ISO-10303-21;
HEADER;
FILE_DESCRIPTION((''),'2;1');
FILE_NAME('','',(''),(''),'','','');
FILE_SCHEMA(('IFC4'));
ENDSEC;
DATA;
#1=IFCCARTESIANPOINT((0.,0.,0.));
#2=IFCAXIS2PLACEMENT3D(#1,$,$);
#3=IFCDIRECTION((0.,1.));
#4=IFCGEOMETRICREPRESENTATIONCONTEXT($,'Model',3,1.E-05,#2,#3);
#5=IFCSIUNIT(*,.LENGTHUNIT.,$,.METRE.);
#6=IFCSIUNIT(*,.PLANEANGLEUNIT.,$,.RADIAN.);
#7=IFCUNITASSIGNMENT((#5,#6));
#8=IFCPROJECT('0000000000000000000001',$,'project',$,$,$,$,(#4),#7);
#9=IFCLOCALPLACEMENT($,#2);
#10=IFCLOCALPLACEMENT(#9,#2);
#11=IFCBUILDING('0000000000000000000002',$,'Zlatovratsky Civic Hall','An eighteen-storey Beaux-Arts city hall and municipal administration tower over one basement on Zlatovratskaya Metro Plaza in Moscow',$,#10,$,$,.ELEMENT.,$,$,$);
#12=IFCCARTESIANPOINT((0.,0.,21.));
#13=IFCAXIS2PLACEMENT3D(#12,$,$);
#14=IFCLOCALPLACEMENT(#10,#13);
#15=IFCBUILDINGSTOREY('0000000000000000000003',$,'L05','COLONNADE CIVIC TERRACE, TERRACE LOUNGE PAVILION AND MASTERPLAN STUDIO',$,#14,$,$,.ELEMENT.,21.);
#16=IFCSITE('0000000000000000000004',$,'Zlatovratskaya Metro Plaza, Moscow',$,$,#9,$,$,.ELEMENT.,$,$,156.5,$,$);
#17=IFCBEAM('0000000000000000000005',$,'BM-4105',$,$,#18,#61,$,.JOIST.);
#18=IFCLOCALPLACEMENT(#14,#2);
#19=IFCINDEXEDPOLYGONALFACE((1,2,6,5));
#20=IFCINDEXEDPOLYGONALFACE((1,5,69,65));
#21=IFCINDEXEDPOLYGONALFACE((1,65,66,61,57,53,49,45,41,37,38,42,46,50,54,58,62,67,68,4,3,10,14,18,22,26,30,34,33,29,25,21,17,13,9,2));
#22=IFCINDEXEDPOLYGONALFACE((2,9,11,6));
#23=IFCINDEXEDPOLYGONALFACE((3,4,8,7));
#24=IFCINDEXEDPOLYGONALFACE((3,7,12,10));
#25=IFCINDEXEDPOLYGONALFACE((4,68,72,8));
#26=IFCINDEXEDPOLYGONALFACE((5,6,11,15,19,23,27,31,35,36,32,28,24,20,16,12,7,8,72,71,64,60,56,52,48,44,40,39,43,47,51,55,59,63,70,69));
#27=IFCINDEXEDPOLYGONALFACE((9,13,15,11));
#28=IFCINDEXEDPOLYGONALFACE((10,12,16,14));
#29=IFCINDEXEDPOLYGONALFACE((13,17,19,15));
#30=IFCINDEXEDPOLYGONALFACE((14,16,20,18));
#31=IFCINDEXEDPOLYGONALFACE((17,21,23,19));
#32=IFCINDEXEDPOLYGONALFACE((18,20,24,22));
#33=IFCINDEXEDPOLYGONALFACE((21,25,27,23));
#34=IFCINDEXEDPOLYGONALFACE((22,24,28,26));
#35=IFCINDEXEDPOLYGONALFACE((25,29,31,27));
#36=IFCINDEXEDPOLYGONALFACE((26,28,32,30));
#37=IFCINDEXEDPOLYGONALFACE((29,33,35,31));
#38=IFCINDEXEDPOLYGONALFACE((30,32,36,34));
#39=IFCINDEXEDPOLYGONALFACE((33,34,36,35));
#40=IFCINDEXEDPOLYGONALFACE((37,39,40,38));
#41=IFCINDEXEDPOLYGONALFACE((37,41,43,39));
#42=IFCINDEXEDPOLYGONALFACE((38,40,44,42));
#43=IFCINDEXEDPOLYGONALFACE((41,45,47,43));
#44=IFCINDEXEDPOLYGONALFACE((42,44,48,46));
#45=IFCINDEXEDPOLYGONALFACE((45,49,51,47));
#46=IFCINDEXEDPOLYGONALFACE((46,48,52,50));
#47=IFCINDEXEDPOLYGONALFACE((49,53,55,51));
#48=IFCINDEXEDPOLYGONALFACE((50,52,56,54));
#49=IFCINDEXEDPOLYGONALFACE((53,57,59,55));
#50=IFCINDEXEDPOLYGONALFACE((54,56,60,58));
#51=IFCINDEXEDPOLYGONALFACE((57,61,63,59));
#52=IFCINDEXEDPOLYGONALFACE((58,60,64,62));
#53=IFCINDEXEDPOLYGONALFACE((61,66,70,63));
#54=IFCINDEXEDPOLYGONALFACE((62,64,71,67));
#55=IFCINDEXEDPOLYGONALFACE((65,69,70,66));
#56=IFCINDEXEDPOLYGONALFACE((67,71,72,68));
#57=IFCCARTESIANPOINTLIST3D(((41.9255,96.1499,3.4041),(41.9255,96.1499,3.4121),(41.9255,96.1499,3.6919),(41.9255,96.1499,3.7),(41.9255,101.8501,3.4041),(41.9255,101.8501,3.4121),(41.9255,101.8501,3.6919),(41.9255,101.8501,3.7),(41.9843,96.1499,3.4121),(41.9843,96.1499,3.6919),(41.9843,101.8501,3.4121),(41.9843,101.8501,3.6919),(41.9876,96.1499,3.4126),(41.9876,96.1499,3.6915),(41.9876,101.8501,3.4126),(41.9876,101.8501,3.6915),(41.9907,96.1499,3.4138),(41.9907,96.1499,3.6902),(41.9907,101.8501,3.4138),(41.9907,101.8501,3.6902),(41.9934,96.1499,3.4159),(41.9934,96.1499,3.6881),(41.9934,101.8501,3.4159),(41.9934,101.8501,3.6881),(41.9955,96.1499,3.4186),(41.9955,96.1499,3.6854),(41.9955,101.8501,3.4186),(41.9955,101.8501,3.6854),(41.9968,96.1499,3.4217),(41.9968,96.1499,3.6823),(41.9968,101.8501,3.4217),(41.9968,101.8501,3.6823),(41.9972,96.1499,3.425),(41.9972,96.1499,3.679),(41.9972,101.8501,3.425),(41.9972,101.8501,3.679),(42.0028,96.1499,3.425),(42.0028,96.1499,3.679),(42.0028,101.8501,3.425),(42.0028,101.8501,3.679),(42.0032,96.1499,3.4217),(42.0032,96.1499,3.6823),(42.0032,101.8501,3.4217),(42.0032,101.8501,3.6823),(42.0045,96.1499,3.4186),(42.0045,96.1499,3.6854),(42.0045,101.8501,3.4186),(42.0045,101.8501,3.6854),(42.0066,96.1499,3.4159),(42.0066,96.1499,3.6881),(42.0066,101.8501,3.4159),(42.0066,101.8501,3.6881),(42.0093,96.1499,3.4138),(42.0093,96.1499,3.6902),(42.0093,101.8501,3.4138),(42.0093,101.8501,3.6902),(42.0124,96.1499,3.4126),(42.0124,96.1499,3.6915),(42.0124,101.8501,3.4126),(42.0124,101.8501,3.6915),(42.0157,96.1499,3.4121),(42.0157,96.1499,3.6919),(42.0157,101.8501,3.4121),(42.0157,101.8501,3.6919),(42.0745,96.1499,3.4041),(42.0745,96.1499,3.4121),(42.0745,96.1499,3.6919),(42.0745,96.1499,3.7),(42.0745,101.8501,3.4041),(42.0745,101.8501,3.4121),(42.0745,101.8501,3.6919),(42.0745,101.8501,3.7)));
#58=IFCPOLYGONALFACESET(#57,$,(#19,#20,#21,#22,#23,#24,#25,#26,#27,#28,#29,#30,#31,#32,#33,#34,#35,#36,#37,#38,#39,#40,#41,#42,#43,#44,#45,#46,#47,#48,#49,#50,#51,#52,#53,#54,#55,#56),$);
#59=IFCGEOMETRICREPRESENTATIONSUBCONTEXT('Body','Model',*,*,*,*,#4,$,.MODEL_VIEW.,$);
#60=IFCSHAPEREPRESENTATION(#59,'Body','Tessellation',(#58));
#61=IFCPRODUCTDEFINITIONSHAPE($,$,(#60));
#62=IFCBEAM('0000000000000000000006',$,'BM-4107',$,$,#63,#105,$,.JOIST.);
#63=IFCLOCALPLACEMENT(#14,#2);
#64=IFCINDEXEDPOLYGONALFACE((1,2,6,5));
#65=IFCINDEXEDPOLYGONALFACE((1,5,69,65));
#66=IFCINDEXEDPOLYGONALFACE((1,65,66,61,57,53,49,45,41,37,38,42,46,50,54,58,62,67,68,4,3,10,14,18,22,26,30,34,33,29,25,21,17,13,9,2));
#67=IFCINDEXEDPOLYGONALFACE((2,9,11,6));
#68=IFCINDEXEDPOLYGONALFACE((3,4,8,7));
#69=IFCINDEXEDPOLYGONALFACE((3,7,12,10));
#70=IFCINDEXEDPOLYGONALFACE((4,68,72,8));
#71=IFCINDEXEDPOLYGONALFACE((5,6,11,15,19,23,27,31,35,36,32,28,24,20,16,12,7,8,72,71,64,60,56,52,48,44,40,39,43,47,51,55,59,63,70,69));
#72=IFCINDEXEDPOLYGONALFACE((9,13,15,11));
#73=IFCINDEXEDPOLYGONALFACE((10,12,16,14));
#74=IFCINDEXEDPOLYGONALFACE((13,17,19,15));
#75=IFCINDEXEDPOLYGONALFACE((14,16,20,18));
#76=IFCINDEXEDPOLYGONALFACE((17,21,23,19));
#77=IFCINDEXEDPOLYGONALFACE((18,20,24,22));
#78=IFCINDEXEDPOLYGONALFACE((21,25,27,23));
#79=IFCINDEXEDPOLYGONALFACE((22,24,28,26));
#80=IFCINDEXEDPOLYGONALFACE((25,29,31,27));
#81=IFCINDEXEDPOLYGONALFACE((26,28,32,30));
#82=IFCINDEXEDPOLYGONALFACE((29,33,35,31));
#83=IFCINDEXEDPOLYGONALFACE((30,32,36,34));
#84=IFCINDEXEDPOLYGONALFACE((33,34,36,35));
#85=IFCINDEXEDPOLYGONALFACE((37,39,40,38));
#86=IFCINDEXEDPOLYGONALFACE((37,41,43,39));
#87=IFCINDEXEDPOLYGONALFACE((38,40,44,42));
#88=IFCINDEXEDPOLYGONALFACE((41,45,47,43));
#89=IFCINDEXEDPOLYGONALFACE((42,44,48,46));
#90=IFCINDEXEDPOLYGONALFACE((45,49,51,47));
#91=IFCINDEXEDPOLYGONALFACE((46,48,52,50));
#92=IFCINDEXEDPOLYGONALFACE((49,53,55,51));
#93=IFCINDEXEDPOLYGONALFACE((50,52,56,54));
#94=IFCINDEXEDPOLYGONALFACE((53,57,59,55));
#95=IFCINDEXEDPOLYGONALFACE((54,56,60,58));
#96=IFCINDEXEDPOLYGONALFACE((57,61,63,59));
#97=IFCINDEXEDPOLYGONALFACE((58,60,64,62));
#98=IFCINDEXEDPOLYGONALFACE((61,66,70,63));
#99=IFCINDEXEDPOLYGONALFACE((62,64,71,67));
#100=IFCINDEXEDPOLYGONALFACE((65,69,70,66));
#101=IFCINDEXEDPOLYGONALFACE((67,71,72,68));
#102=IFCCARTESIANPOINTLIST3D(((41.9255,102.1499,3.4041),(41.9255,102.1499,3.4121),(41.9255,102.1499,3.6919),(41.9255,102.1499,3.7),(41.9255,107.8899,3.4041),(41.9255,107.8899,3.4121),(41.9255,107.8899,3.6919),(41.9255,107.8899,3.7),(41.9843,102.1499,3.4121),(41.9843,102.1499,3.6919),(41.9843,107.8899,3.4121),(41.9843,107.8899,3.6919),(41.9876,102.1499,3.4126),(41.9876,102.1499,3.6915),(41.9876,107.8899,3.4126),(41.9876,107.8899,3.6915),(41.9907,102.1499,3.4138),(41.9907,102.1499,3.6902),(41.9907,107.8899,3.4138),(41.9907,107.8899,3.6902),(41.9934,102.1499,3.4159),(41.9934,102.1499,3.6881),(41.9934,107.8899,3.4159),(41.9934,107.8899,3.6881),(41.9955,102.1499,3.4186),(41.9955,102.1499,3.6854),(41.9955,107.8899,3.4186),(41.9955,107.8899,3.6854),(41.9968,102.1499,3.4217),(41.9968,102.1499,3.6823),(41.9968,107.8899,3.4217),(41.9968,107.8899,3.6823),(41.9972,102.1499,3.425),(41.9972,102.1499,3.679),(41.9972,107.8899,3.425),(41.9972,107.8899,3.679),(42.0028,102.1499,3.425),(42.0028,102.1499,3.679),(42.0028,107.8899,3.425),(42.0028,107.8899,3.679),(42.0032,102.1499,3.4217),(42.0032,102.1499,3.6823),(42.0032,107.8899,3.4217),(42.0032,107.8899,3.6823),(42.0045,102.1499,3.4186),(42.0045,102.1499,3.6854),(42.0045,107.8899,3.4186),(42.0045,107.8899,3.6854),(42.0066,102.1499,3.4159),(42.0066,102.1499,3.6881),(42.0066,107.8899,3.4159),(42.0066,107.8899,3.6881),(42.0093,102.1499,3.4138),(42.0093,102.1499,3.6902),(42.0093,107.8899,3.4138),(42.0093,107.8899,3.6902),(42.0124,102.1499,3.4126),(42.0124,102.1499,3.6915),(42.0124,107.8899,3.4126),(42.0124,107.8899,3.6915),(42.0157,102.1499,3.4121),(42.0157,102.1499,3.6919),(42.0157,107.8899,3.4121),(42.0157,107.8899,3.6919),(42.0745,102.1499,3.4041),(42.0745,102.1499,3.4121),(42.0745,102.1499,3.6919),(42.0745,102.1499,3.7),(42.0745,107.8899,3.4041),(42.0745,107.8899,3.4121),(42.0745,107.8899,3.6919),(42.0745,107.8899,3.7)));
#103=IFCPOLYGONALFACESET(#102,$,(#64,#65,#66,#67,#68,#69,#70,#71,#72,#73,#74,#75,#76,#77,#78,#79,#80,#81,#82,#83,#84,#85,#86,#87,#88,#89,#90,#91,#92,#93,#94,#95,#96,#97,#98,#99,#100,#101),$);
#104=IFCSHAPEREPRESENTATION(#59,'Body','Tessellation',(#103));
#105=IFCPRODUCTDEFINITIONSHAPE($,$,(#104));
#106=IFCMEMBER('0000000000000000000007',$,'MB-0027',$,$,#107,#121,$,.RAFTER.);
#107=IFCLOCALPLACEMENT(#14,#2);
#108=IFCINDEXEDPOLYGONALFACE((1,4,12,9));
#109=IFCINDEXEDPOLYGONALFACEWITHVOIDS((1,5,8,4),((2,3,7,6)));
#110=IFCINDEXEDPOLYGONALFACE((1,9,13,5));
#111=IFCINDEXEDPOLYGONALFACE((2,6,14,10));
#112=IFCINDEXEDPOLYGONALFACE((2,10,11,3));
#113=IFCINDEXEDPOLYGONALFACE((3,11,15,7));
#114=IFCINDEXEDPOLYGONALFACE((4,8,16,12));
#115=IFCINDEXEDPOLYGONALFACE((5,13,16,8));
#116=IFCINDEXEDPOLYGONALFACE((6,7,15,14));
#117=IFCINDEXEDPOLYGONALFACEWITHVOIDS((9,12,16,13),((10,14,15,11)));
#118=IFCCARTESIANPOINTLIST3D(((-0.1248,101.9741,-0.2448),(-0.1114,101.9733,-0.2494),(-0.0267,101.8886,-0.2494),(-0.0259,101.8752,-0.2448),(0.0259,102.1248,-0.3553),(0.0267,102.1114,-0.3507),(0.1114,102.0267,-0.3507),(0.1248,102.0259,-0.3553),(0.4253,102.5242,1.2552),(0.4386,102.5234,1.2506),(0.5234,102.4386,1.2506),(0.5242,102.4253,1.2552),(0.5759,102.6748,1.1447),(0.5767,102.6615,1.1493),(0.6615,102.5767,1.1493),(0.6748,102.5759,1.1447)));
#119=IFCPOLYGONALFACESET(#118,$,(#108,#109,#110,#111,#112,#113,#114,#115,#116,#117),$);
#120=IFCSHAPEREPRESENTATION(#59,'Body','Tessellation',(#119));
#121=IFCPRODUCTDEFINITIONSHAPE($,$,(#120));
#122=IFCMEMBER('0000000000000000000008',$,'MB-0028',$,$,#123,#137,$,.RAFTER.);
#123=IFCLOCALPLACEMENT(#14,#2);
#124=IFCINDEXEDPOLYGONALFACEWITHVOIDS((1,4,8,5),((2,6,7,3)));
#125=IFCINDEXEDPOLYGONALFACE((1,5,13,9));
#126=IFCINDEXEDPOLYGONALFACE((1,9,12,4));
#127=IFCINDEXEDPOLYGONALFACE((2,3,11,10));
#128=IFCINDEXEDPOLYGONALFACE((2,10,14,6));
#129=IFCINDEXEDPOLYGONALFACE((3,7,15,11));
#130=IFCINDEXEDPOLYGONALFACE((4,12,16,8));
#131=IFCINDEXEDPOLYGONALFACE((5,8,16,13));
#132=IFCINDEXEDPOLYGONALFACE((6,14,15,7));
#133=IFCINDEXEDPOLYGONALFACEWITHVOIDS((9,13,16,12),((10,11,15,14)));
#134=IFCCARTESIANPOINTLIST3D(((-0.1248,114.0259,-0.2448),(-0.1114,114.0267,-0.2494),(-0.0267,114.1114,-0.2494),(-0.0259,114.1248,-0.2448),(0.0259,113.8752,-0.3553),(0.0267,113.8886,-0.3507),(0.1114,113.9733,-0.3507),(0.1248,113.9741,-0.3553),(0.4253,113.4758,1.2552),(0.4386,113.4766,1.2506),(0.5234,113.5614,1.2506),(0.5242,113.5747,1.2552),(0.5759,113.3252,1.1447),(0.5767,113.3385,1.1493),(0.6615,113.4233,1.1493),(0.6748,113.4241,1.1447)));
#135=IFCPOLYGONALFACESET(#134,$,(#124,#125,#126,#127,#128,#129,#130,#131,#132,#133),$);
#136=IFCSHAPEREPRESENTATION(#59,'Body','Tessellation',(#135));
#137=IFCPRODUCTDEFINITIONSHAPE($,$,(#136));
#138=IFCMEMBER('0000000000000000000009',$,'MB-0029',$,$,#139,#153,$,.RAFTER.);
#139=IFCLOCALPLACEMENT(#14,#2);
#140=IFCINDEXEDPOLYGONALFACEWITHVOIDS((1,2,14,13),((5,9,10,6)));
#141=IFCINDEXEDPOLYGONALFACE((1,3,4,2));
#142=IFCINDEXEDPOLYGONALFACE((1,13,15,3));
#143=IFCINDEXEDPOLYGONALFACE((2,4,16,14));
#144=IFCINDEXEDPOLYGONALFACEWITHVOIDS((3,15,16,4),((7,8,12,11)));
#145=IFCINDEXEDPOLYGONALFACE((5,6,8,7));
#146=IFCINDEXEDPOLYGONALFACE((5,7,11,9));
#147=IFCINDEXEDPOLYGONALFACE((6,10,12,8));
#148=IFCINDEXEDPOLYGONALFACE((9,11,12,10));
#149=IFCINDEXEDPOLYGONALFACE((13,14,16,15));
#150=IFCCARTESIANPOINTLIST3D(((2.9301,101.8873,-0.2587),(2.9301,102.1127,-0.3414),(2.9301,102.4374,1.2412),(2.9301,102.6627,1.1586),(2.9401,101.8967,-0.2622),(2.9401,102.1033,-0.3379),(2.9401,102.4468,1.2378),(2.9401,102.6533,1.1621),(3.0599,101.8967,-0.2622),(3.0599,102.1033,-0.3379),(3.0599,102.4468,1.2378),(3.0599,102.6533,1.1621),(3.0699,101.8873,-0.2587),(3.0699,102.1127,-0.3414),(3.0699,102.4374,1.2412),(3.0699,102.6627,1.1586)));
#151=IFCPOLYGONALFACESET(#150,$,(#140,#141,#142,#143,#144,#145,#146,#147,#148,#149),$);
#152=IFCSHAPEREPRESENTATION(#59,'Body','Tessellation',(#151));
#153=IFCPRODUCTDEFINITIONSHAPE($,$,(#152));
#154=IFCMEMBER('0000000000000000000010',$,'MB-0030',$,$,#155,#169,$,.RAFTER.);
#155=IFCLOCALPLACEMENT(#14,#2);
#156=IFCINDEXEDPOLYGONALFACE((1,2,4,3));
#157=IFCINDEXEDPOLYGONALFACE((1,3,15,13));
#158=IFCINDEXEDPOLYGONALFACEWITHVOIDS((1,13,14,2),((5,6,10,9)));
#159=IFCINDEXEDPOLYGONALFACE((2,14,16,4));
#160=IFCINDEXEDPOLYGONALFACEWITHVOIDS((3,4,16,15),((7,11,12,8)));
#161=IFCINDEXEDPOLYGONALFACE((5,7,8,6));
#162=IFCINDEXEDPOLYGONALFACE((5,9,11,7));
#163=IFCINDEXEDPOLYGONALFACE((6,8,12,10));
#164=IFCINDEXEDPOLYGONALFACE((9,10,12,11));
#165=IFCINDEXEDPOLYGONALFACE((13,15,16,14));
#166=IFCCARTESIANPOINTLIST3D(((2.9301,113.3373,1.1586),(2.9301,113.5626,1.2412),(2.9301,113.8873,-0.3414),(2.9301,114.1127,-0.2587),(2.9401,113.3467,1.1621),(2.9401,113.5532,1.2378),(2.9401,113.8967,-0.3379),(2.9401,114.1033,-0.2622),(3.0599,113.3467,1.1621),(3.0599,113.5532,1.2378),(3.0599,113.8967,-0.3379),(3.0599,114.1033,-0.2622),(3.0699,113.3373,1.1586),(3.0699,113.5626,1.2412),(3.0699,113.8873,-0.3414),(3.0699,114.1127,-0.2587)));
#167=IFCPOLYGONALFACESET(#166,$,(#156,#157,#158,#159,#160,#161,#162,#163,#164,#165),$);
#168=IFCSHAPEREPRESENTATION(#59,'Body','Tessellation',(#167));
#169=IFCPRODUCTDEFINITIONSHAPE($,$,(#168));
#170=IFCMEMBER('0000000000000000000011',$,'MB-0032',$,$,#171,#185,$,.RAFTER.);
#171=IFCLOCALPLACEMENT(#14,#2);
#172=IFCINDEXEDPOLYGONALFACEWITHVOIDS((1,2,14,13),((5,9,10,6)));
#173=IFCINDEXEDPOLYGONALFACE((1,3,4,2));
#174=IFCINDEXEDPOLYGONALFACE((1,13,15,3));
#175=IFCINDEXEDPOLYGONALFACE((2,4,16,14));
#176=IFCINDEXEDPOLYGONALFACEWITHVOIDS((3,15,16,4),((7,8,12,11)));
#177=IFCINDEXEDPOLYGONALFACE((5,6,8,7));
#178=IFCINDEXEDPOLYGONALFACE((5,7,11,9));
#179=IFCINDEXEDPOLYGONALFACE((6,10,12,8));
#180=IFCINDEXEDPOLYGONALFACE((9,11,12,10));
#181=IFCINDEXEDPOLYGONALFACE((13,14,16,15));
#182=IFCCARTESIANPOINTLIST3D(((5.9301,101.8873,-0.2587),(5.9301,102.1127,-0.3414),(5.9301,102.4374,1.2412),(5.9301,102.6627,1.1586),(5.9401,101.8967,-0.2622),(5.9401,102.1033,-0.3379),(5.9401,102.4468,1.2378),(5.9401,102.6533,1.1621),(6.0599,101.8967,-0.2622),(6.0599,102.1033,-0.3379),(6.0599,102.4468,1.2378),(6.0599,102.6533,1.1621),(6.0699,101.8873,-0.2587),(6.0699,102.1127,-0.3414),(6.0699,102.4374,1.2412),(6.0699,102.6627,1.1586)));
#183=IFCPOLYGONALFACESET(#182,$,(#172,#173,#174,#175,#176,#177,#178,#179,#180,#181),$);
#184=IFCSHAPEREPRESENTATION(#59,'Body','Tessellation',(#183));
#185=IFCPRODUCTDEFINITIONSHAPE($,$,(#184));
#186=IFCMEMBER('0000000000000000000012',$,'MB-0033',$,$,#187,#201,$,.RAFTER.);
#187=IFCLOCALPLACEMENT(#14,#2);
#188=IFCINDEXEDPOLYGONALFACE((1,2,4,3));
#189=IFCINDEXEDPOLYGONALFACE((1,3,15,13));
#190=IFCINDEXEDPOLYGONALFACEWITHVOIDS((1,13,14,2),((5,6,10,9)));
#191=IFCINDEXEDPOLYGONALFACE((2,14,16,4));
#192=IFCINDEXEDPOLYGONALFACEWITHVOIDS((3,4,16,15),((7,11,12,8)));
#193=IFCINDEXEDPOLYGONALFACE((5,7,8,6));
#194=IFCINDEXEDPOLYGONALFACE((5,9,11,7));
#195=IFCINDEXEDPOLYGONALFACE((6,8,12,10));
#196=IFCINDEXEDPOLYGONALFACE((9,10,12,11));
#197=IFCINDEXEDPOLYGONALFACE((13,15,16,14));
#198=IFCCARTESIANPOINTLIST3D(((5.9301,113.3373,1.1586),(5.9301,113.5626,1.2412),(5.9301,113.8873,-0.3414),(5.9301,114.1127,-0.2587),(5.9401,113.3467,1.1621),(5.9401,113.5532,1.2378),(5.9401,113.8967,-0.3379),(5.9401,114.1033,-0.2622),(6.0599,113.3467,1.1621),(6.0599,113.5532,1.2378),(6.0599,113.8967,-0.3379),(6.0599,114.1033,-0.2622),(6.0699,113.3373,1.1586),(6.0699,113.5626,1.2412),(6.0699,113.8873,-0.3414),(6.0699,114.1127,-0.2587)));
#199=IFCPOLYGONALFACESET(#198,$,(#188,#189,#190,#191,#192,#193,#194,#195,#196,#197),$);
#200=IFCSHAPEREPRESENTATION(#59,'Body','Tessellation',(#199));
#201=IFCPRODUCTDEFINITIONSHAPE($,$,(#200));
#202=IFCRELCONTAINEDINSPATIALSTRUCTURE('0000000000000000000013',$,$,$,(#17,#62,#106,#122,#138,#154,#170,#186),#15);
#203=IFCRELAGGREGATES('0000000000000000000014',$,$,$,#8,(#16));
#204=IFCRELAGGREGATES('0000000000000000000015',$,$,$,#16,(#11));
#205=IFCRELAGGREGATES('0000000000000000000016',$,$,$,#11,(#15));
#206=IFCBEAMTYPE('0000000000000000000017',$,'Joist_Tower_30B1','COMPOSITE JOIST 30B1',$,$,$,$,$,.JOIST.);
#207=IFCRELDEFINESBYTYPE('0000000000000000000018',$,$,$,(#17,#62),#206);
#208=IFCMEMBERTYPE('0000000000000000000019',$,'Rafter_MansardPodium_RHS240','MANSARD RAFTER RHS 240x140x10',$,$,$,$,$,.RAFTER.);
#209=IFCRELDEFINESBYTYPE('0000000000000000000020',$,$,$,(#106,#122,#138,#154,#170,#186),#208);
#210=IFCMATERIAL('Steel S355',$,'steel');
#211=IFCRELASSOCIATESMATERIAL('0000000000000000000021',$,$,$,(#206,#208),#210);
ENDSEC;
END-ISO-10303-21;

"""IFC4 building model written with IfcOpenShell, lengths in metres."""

from ifc_helpers import new_model, si_unit, direction, frame, origin, origin_2d, place, context, subcontext, project, spatial, hollow_rectangle, i_section, extrude, material, material_profile, profile_set, type_object, element, save


model = new_model("IFC4")

# Units and contexts
model_context = context("Model", 3, precision=1e-05, world=origin(), true_north=direction((0.0, 1.0)))
body_context = subcontext(model_context, "Body", "Model", "MODEL_VIEW")
ifc_project = project(units=[si_unit("LENGTHUNIT", "METRE"), si_unit("PLANEANGLEUNIT", "RADIAN")], contexts=[model_context])

# Site, building, storey
site_placement = place(None, origin())
site = spatial("IfcSite", under=ifc_project, at=site_placement, Name="Zlatovratskaya Metro Plaza, Moscow", CompositionType="ELEMENT", RefElevation=156.5)
building_placement = place(site_placement, origin())
building = spatial("IfcBuilding", under=site, at=building_placement, Name="Zlatovratsky Civic Hall", Description="An eighteen-storey Beaux-Arts city hall and municipal administration tower over one basement on Zlatovratskaya Metro Plaza in Moscow", CompositionType="ELEMENT")
storey_placement = place(building_placement, frame((0.0, 0.0, 21.0)))
storey = spatial("IfcBuildingStorey", under=building, at=storey_placement, Name="L05", Description="COLONNADE CIVIC TERRACE, TERRACE LOUNGE PAVILION AND MASTERPLAN STUDIO", CompositionType="ELEMENT", Elevation=21.0)

# Shared definitions
ifc_material_1 = material(Name="Steel S355", Category="steel")

# Beams
ifc_material_profile_1 = material_profile(ifc_material_1, i_section(OverallWidth=0.1489, OverallDepth=0.2959, WebThickness=0.0056, FlangeThickness=0.0081, FilletRadius=0.0129, at=origin_2d()), Name="30B1")
ifc_profile_set_1 = profile_set([ifc_material_profile_1], Name="Steel S355")
beam_type_1 = type_object("IfcBeamType", Name="Joist_Tower_30B1", Description="COMPOSITE JOIST 30B1", PredefinedType="JOIST", material=ifc_profile_set_1)
for number, where, z_axis, x_axis, name in (
    (1, (42.0, 96.1499, 3.552), (0.0, 1.0, 0.0), (-1.0, 0.0, 0.0), "BM-4105"),
):
    element("IfcBeam", number, at=place(storey_placement, frame(where, z_axis=z_axis, x_axis=x_axis)), inside=storey, type_object=beam_type_1, Name=name, PredefinedType="JOIST", context=body_context, shape_type="SweptSolid", body=[
        extrude(i_section(OverallWidth=0.1489, OverallDepth=0.2959, WebThickness=0.0056, FlangeThickness=0.0081, FilletRadius=0.0129, at=origin_2d()), origin(), (0.0, 0.0, 1.0), 5.7002),
    ])
beam_1_placement = place(storey_placement, frame((42.0, 102.1499, 3.552), z_axis=(0.0, 1.0, 0.0), x_axis=(-1.0, 0.0, 0.0)))
element("IfcBeam", 2, at=beam_1_placement, inside=storey, type_object=beam_type_1, Name="BM-4107", PredefinedType="JOIST", context=body_context, shape_type="SweptSolid", body=[
    extrude(i_section(OverallWidth=0.1489, OverallDepth=0.2959, WebThickness=0.0056, FlangeThickness=0.0081, FilletRadius=0.0129, at=origin_2d()), origin(), (0.0, 0.0, 1.0), 5.74),
])

# Members
ifc_material_profile_2 = material_profile(ifc_material_1, hollow_rectangle(XDim=0.1399, YDim=0.24, WallThickness=0.01, at=origin_2d()), Name="RHS 240x140x10")
ifc_profile_set_2 = profile_set([ifc_material_profile_2], Name="Steel S355")
member_type_1 = type_object("IfcMemberType", Name="Rafter_MansardPodium_RHS240", Description="MANSARD RAFTER RHS 240x140x10", PredefinedType="RAFTER", material=ifc_profile_set_2)
for number, where, z_axis, x_axis, name in (
    (3, (0.0, 102.0, -0.3), (0.325529, 0.325529, 0.887728), (-0.707107, 0.707107, 0.0), "MB-0027"),
    (4, (0.0, 114.0, -0.3), (0.325529, -0.325529, 0.887728), (0.707107, 0.707107, 0.0), "MB-0028"),
):
    element("IfcMember", number, at=place(storey_placement, frame(where, z_axis=z_axis, x_axis=x_axis)), inside=storey, type_object=member_type_1, Name=name, PredefinedType="RAFTER", context=body_context, shape_type="SweptSolid", body=[
        extrude(hollow_rectangle(XDim=0.1399, YDim=0.24, WallThickness=0.01, at=origin_2d()), origin(), (0.0, 0.0, 1.0), 1.6897),
    ])
for number, where, z_axis, x_axis, name in (
    (5, (3.0, 102.0, -0.3), (0.0, 0.344282, 0.938866), (-1.0, 0.0, 0.0), "MB-0029"),
    (6, (3.0, 114.0, -0.3), (0.0, -0.344282, 0.938866), (1.0, 0.0, 0.0), "MB-0030"),
    (7, (6.0, 102.0, -0.3), (0.0, 0.344282, 0.938866), (-1.0, 0.0, 0.0), "MB-0032"),
    (8, (6.0, 114.0, -0.3), (0.0, -0.344282, 0.938866), (1.0, 0.0, 0.0), "MB-0033"),
):
    element("IfcMember", number, at=place(storey_placement, frame(where, z_axis=z_axis, x_axis=x_axis)), inside=storey, type_object=member_type_1, Name=name, PredefinedType="RAFTER", context=body_context, shape_type="SweptSolid", body=[
        extrude(hollow_rectangle(XDim=0.1399, YDim=0.24, WallThickness=0.01, at=origin_2d()), origin(), (0.0, 0.0, 1.0), 1.5977),
    ])

save(model, "model.ifc")
